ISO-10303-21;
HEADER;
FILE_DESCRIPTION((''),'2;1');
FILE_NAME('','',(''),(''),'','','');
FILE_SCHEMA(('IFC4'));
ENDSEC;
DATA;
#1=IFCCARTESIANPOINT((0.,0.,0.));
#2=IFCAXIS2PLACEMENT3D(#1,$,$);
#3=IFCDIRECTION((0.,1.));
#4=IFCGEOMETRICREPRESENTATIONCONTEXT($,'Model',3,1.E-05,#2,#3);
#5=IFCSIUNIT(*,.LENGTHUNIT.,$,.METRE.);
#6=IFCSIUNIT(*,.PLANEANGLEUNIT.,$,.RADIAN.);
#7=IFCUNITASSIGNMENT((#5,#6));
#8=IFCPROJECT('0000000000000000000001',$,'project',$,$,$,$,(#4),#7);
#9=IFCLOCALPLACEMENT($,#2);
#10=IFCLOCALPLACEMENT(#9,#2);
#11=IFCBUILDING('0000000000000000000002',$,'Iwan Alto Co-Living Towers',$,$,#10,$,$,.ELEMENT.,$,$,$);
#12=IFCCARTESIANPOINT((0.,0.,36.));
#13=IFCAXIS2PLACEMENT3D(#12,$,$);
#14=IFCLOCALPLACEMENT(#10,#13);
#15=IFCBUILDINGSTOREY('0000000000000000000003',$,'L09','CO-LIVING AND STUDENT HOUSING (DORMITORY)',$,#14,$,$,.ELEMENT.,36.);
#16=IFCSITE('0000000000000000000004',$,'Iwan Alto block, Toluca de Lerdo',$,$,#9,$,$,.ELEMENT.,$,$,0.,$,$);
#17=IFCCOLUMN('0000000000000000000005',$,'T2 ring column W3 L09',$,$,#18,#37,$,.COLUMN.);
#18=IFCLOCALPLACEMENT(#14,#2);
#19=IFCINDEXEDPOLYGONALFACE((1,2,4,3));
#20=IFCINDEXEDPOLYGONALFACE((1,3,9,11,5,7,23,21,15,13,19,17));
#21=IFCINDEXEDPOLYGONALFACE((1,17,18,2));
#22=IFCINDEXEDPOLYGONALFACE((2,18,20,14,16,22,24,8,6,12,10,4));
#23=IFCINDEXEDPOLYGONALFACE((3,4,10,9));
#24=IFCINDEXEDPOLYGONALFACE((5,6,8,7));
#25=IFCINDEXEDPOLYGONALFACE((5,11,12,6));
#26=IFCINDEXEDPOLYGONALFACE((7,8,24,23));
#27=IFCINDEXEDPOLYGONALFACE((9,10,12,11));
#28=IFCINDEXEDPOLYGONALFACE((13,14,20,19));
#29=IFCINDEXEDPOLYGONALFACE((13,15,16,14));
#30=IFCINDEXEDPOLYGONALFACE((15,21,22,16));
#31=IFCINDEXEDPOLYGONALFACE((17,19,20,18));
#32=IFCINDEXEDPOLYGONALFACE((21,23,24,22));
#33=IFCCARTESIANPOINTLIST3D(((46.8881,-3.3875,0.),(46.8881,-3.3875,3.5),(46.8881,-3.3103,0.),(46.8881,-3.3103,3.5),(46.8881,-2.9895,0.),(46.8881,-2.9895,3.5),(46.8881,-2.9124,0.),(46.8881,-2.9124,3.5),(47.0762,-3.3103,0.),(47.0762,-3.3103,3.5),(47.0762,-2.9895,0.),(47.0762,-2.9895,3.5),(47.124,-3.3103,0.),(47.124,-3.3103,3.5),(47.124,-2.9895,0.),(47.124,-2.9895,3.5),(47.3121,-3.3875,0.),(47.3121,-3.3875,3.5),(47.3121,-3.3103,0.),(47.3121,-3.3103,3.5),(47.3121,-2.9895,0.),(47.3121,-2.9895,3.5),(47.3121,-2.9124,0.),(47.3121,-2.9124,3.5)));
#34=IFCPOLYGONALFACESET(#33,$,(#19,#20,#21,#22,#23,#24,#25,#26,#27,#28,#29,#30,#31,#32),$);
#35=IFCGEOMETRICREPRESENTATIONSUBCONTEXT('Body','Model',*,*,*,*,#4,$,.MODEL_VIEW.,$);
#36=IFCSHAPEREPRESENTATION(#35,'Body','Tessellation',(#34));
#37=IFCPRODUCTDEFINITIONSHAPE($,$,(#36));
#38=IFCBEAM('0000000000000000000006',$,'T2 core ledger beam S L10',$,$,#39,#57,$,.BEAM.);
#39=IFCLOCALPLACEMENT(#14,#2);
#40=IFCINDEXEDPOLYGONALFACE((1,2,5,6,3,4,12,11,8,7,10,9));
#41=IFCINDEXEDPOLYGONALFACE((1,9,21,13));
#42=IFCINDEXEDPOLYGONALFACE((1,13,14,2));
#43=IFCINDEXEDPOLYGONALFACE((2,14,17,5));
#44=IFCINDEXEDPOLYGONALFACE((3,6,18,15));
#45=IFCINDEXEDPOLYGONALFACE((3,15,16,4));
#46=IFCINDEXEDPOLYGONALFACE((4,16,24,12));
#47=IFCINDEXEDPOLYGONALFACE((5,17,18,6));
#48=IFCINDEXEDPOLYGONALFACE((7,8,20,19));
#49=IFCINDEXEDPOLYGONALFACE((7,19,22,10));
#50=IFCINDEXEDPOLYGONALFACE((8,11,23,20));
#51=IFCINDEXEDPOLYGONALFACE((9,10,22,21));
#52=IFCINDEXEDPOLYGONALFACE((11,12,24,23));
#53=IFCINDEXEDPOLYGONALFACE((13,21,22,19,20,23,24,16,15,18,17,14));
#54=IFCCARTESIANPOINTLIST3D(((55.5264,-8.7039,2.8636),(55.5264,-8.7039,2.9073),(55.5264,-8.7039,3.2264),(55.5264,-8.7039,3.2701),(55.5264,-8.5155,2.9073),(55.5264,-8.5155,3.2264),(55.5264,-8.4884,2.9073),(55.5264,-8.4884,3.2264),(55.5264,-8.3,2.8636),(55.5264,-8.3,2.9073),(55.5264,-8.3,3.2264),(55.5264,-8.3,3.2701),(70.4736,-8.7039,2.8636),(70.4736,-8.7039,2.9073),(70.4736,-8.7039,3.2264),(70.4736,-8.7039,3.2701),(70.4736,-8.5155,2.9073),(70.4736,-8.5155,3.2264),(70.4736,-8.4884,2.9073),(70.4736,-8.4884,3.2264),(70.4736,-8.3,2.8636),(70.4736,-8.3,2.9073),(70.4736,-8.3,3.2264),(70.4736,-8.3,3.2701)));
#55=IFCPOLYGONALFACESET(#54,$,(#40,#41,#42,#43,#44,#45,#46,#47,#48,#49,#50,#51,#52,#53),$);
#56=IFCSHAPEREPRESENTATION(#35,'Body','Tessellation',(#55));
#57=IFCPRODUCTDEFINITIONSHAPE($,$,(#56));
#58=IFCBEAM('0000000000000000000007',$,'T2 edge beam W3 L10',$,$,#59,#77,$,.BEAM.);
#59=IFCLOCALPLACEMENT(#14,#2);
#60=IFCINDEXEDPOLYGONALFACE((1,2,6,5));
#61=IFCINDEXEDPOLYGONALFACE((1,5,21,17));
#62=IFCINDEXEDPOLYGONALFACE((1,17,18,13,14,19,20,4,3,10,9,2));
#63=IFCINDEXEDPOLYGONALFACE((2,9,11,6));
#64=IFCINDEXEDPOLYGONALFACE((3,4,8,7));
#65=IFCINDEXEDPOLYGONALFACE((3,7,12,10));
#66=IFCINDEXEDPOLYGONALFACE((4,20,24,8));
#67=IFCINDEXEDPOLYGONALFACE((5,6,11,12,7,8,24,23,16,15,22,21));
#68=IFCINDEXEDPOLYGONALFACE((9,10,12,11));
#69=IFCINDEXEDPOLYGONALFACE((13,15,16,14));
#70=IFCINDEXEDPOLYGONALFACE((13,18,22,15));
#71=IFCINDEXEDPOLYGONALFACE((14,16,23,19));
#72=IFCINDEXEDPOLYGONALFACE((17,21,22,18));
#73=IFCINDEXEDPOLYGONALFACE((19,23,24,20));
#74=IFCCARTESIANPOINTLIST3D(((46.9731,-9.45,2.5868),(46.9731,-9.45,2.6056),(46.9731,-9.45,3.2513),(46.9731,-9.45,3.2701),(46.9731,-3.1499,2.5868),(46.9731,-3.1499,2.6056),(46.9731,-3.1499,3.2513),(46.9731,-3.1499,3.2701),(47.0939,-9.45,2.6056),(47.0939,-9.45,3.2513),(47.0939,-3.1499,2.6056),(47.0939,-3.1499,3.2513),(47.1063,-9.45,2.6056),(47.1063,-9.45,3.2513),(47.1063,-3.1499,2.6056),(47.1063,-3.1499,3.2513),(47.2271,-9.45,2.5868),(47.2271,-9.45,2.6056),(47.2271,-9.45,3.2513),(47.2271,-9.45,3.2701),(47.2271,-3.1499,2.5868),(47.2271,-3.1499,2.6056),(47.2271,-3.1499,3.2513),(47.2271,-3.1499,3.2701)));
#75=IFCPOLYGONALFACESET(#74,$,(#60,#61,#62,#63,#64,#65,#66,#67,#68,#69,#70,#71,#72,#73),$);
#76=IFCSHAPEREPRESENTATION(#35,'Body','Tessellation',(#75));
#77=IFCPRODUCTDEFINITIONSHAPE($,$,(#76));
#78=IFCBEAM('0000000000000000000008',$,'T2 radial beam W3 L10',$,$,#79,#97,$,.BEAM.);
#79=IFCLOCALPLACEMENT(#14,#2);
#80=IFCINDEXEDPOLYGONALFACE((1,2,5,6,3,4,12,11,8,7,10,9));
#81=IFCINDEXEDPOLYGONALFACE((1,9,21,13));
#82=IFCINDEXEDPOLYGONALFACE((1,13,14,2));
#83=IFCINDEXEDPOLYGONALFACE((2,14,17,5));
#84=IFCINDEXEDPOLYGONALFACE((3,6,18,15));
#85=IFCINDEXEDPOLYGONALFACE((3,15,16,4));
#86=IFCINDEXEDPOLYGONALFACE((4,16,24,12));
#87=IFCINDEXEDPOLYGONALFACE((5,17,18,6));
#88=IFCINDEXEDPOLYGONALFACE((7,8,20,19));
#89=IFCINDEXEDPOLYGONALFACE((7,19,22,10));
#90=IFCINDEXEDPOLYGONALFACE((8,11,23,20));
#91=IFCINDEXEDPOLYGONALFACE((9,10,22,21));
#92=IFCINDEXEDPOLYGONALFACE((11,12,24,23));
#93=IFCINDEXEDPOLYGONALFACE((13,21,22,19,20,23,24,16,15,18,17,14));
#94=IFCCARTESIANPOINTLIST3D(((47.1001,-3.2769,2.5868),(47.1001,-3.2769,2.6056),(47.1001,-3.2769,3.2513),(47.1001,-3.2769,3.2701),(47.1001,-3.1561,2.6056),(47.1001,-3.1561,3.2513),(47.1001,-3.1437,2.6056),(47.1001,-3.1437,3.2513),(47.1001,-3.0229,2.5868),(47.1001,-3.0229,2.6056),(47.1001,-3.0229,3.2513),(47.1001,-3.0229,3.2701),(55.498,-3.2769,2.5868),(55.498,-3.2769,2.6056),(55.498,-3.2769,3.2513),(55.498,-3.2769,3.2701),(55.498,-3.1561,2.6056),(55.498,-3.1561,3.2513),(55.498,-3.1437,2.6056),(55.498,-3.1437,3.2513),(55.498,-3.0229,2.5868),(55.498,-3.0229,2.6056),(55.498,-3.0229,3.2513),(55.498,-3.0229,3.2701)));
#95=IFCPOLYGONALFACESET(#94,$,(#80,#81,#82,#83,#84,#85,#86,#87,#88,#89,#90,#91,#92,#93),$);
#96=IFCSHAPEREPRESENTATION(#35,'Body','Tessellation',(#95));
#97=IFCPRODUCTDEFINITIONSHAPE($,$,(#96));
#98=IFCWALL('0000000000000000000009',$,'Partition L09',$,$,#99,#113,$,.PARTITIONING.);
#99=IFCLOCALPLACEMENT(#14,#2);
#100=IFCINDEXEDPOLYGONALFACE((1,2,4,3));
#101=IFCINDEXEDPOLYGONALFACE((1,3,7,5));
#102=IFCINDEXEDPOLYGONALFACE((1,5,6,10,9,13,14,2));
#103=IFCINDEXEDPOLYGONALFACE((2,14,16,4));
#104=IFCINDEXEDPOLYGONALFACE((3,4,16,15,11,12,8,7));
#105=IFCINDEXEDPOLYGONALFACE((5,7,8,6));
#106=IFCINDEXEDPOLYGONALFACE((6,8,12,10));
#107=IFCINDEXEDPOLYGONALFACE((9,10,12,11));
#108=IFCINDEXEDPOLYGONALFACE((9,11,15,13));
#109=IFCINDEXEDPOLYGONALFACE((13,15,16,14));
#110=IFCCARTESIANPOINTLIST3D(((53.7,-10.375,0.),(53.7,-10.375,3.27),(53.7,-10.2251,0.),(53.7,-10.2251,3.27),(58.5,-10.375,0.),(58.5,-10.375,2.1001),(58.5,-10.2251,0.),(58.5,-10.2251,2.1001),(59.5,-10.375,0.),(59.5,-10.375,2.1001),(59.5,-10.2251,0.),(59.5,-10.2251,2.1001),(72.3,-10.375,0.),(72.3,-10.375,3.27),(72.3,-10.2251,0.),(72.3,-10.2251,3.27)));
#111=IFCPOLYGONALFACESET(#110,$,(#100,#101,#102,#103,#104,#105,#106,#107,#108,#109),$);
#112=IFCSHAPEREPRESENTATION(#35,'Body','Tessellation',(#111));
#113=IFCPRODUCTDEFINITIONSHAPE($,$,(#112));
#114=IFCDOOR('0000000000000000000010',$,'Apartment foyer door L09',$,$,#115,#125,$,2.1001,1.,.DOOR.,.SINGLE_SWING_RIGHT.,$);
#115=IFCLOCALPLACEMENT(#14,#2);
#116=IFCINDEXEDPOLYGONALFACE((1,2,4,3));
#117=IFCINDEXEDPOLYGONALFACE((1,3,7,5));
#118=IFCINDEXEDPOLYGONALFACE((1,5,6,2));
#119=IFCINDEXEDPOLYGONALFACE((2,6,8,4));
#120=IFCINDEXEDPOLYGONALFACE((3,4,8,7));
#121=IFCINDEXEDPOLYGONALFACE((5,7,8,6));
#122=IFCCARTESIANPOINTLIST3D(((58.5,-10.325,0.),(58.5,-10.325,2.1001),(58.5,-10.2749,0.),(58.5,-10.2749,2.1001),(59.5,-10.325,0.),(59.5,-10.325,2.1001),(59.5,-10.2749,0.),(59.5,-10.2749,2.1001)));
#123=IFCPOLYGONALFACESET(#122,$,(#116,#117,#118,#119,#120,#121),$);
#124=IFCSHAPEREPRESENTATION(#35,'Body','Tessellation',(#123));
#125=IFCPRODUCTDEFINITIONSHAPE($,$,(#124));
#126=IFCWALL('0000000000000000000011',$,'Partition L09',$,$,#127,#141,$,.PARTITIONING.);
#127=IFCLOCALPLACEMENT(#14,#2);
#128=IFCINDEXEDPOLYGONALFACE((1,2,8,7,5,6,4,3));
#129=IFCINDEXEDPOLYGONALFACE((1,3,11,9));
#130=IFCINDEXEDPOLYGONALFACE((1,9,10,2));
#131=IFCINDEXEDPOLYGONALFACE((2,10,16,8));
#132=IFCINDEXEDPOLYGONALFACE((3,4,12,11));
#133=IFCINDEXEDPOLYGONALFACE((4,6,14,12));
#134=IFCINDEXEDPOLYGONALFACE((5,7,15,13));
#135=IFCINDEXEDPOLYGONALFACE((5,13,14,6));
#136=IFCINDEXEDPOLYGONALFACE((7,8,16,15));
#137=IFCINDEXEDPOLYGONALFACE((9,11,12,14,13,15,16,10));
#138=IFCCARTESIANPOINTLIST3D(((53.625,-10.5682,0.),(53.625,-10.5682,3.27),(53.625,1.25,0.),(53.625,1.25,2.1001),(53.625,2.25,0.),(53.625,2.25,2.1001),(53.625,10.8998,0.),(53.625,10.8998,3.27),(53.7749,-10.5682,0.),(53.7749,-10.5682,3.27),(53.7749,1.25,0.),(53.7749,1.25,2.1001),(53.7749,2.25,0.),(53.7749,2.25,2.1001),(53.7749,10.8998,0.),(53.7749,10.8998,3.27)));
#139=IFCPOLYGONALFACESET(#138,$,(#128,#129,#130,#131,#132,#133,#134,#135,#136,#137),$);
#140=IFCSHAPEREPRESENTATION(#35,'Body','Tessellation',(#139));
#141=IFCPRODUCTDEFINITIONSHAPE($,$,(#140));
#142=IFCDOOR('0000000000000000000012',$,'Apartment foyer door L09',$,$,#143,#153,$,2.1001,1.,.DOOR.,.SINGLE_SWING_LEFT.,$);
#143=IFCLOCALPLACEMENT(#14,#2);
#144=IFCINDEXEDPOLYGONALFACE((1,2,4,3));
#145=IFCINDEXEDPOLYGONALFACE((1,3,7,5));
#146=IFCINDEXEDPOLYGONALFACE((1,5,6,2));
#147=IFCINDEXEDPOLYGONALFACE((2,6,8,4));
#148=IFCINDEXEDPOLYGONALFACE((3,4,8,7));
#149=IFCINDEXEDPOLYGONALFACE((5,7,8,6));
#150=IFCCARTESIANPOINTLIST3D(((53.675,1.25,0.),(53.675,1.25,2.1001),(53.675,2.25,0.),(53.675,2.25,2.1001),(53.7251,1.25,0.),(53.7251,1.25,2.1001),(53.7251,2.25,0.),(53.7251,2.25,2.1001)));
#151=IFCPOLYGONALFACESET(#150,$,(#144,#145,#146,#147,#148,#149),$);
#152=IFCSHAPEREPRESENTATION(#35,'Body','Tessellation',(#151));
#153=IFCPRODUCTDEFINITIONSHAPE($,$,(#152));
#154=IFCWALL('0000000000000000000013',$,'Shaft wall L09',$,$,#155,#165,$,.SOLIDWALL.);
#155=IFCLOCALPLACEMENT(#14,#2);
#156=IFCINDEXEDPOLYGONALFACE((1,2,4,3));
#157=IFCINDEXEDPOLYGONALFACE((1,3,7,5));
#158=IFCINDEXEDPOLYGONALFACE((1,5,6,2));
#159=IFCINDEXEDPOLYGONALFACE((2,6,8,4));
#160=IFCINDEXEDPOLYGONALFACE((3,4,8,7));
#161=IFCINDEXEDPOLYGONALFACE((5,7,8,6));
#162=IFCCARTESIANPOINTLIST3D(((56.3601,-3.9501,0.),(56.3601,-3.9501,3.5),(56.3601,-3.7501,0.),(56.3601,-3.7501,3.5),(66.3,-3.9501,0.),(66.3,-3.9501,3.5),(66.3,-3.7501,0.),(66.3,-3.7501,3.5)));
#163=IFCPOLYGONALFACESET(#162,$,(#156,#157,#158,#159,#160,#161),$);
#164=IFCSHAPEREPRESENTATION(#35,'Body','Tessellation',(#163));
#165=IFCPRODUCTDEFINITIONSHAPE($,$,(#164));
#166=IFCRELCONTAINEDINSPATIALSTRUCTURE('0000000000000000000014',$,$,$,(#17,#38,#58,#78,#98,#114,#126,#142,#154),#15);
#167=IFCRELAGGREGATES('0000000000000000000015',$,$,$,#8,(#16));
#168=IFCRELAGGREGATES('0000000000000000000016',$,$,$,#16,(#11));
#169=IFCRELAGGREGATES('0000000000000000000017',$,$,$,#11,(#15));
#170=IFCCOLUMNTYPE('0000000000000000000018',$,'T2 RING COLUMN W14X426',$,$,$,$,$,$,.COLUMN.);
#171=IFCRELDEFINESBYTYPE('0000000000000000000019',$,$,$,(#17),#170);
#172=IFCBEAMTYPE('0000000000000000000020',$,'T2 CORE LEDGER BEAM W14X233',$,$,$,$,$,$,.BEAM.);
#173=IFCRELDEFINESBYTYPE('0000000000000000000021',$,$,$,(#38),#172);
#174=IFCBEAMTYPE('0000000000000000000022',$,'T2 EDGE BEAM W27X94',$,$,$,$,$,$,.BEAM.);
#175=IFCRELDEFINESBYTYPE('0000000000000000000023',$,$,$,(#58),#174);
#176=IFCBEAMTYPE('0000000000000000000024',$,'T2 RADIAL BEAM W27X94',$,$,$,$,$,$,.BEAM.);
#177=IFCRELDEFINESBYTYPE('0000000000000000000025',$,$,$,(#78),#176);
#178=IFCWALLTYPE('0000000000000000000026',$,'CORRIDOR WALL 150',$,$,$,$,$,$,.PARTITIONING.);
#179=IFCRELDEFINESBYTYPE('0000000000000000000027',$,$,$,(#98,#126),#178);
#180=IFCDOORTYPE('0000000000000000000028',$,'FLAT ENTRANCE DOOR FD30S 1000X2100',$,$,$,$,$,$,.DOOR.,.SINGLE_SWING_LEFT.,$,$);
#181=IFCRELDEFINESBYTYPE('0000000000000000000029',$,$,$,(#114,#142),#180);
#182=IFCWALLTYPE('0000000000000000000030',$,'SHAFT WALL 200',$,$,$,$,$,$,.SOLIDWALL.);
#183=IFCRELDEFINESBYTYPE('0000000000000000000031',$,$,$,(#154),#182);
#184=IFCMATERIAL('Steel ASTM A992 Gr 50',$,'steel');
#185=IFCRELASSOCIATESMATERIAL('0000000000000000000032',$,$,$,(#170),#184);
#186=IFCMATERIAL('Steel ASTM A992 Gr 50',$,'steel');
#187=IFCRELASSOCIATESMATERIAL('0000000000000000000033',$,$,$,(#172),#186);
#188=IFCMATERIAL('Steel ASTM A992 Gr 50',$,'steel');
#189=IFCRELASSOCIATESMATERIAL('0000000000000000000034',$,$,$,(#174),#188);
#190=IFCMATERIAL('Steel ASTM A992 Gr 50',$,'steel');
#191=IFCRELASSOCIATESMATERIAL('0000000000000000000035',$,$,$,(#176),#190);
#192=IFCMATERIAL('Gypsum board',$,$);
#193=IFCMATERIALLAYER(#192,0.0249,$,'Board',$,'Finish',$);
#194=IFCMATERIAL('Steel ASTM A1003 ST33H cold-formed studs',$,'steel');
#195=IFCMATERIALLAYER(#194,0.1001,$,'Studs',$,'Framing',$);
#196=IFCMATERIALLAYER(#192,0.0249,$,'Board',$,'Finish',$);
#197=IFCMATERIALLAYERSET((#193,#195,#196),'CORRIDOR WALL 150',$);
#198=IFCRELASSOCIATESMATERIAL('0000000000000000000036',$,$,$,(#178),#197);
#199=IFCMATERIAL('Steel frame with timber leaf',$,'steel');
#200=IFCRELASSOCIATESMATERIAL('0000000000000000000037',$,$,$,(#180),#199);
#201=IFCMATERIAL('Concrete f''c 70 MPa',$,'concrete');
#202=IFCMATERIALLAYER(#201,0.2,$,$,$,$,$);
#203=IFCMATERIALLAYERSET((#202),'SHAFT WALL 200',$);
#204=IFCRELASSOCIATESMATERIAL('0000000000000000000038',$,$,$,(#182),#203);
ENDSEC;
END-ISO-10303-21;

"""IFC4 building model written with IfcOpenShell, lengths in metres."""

from ifc_helpers import new_model, si_unit, direction, frame, frame_2d, origin, origin_2d, place, context, subcontext, project, spatial, rectangle, i_section, extrude, material, layer, layer_set, material_profile, profile_set, type_object, element, fill, save


model = new_model("IFC4")

# Units and contexts
model_context = context("Model", 3, precision=1e-05, world=origin(), true_north=direction((0.0, 1.0)))
body_context = subcontext(model_context, "Body", "Model", "MODEL_VIEW")
ifc_project = project(units=[si_unit("LENGTHUNIT", "METRE"), si_unit("PLANEANGLEUNIT", "RADIAN")], contexts=[model_context])

# Site, building, storey
site_placement = place(None, origin())
site = spatial("IfcSite", under=ifc_project, at=site_placement, Name="Iwan Alto block, Toluca de Lerdo", CompositionType="ELEMENT", RefElevation=0.0)
building_placement = place(site_placement, origin())
building = spatial("IfcBuilding", under=site, at=building_placement, Name="Iwan Alto Co-Living Towers", CompositionType="ELEMENT")
storey_placement = place(building_placement, frame((0.0, 0.0, 36.0)))
storey = spatial("IfcBuildingStorey", under=building, at=storey_placement, Name="L09", Description="CO-LIVING AND STUDENT HOUSING (DORMITORY)", CompositionType="ELEMENT", Elevation=36.0)

# Column
ifc_material_1 = material(Name="Steel ASTM A992 Gr 50", Category="steel")
ifc_material_profile_1 = material_profile(ifc_material_1, i_section(OverallWidth=0.4241, OverallDepth=0.4751, WebThickness=0.0479, FlangeThickness=0.0771, at=origin_2d()), Name="W14X426")
ifc_profile_set_1 = profile_set([ifc_material_profile_1], Name="Steel ASTM A992 Gr 50")
column_type = type_object("IfcColumnType", Name="T2 RING COLUMN W14X426", PredefinedType="COLUMN", material=ifc_profile_set_1)
column_placement = place(storey_placement, frame((47.1001, -3.1499, 0.0), z_axis=(0.0, 0.0, 1.0), x_axis=(1.0, 0.0, 0.0)))
element("IfcColumn", 1, at=column_placement, inside=storey, type_object=column_type, Name="T2 ring column W3 L09", PredefinedType="COLUMN", context=body_context, shape_type="SweptSolid", body=[
    extrude(i_section(OverallWidth=0.4241, OverallDepth=0.4751, WebThickness=0.0479, FlangeThickness=0.0771, at=origin_2d()), origin(), (0.0, 0.0, 1.0), 3.5),
])

# Beams
ifc_material_2 = material(Name="Steel ASTM A992 Gr 50", Category="steel")
ifc_material_profile_2 = material_profile(ifc_material_2, i_section(OverallWidth=0.4038, OverallDepth=0.4065, WebThickness=0.0271, FlangeThickness=0.0437, at=origin_2d()), Name="W14X233")
ifc_profile_set_2 = profile_set([ifc_material_profile_2], Name="Steel ASTM A992 Gr 50")
beam_type_1 = type_object("IfcBeamType", Name="T2 CORE LEDGER BEAM W14X233", PredefinedType="BEAM", material=ifc_profile_set_2)
beam_1_placement = place(storey_placement, frame((55.5264, -8.502, 3.0669), z_axis=(1.0, 0.0, 0.0), x_axis=(0.0, 1.0, 0.0)))
element("IfcBeam", 2, at=beam_1_placement, inside=storey, type_object=beam_type_1, Name="T2 core ledger beam S L10", PredefinedType="BEAM", context=body_context, shape_type="SweptSolid", body=[
    extrude(i_section(OverallWidth=0.4038, OverallDepth=0.4065, WebThickness=0.0271, FlangeThickness=0.0437, at=origin_2d()), origin(), (0.0, 0.0, 1.0), 14.9473),
])
ifc_material_3 = material(Name="Steel ASTM A992 Gr 50", Category="steel")
ifc_material_profile_3 = material_profile(ifc_material_3, i_section(OverallWidth=0.2539, OverallDepth=0.6833, WebThickness=0.0125, FlangeThickness=0.0188, at=origin_2d()), Name="W27X94")
ifc_profile_set_3 = profile_set([ifc_material_profile_3], Name="Steel ASTM A992 Gr 50")
beam_type_2 = type_object("IfcBeamType", Name="T2 EDGE BEAM W27X94", PredefinedType="BEAM", material=ifc_profile_set_3)
beam_2_placement = place(storey_placement, frame((47.1001, -3.1499, 2.9285), z_axis=(0.0, -1.0, 0.0), x_axis=(1.0, 0.0, 0.0)))
element("IfcBeam", 3, at=beam_2_placement, inside=storey, type_object=beam_type_2, Name="T2 edge beam W3 L10", PredefinedType="BEAM", context=body_context, shape_type="SweptSolid", body=[
    extrude(i_section(OverallWidth=0.2539, OverallDepth=0.6833, WebThickness=0.0125, FlangeThickness=0.0188, at=origin_2d()), origin(), (0.0, 0.0, 1.0), 6.3),
])
ifc_material_4 = material(Name="Steel ASTM A992 Gr 50", Category="steel")
ifc_material_profile_4 = material_profile(ifc_material_4, i_section(OverallWidth=0.2539, OverallDepth=0.6833, WebThickness=0.0125, FlangeThickness=0.0188, at=origin_2d()), Name="W27X94")
ifc_profile_set_4 = profile_set([ifc_material_profile_4], Name="Steel ASTM A992 Gr 50")
beam_type_3 = type_object("IfcBeamType", Name="T2 RADIAL BEAM W27X94", PredefinedType="BEAM", material=ifc_profile_set_4)
beam_3_placement = place(storey_placement, frame((47.1001, -3.1499, 2.9285), z_axis=(1.0, 0.0, 0.0), x_axis=(0.0, 1.0, 0.0)))
element("IfcBeam", 4, at=beam_3_placement, inside=storey, type_object=beam_type_3, Name="T2 radial beam W3 L10", PredefinedType="BEAM", context=body_context, shape_type="SweptSolid", body=[
    extrude(i_section(OverallWidth=0.2539, OverallDepth=0.6833, WebThickness=0.0125, FlangeThickness=0.0188, at=origin_2d()), origin(), (0.0, 0.0, 1.0), 8.3979),
])

# Walls, openings, doors
ifc_material_5 = material(Name="Gypsum board")
ifc_layer_1 = layer(ifc_material_5, 0.0249, Name="Board", Category="Finish")
ifc_material_6 = material(Name="Steel ASTM A1003 ST33H cold-formed studs", Category="steel")
ifc_layer_2 = layer(ifc_material_6, 0.1001, Name="Studs", Category="Framing")
ifc_layer_3 = layer(ifc_material_5, 0.0249, Name="Board", Category="Finish")
ifc_layer_set_1 = layer_set([ifc_layer_1, ifc_layer_2, ifc_layer_3], Name="CORRIDOR WALL 150")
wall_type_1 = type_object("IfcWallType", Name="CORRIDOR WALL 150", PredefinedType="PARTITIONING", material=ifc_layer_set_1)
wall_1_placement = place(storey_placement, frame((53.7, -10.3, 0.0), z_axis=(0.0, 0.0, 1.0), x_axis=(1.0, 0.0, 0.0)))
wall_1 = element("IfcWall", 5, at=wall_1_placement, inside=storey, type_object=wall_type_1, Name="Partition L09", PredefinedType="PARTITIONING", context=body_context, shape_type="SweptSolid", body=[
    extrude(rectangle(XDim=18.6001, YDim=0.1499, at=frame_2d((9.3, 0.0))), origin(), (0.0, 0.0, 1.0), 3.27),
])
opening_1_placement = place(wall_1_placement, frame((4.8, 0.0, 0.0)))
opening_1 = element("IfcOpeningElement", 6, at=opening_1_placement, cuts=wall_1, PredefinedType="OPENING", context=body_context, shape_type="SweptSolid", body=[
    extrude(rectangle(XDim=1.0, YDim=2.1001, at=frame_2d((0.5, 1.05))), frame((0.0, 0.085, 0.0), z_axis=(0.0, -1.0, 0.0), x_axis=(1.0, 0.0, 0.0)), (0.0, 0.0, 1.0), 0.1699),
])
ifc_material_7 = material(Name="Steel frame with timber leaf", Category="steel")
door_type_1 = type_object("IfcDoorType", Name="FLAT ENTRANCE DOOR FD30S 1000X2100", OperationType="SINGLE_SWING_LEFT", PredefinedType="DOOR", material=ifc_material_7)
door_1_placement = place(opening_1_placement, frame((1.0, 0.0, 0.0), z_axis=(0.0, 0.0, 1.0), x_axis=(-1.0, 0.0, 0.0)))
door_1 = element("IfcDoor", 7, at=door_1_placement, inside=storey, type_object=door_type_1, Name="Apartment foyer door L09", OperationType="SINGLE_SWING_RIGHT", OverallHeight=2.1001, OverallWidth=1.0, PredefinedType="DOOR", context=body_context, shape_type="SweptSolid", body=[
    extrude(rectangle(XDim=1.0, YDim=2.1001, at=frame_2d((0.5, 1.05))), frame((0.0, 0.0249, 0.0), z_axis=(0.0, -1.0, 0.0), x_axis=(1.0, 0.0, 0.0)), (0.0, 0.0, 1.0), 0.05),
])
fill(opening_1, door_1)
wall_2_placement = place(storey_placement, frame((53.7, -10.5681, 0.0), z_axis=(0.0, 0.0, 1.0), x_axis=(0.0, 1.0, 0.0)))
wall_2 = element("IfcWall", 8, at=wall_2_placement, inside=storey, type_object=wall_type_1, Name="Partition L09", PredefinedType="PARTITIONING", context=body_context, shape_type="SweptSolid", body=[
    extrude(rectangle(XDim=21.468, YDim=0.1499, at=frame_2d((10.7339, 0.0))), origin(), (0.0, 0.0, 1.0), 3.27),
])
opening_2_placement = place(wall_2_placement, frame((11.8181, 0.0, 0.0)))
opening_2 = element("IfcOpeningElement", 9, at=opening_2_placement, cuts=wall_2, PredefinedType="OPENING", context=body_context, shape_type="SweptSolid", body=[
    extrude(rectangle(XDim=1.0, YDim=2.1001, at=frame_2d((0.5, 1.05))), frame((0.0, 0.085, 0.0), z_axis=(0.0, -1.0, 0.0), x_axis=(1.0, 0.0, 0.0)), (0.0, 0.0, 1.0), 0.1699),
])
door_2_placement = place(opening_2_placement, origin())
door_2 = element("IfcDoor", 10, at=door_2_placement, inside=storey, type_object=door_type_1, Name="Apartment foyer door L09", OperationType="SINGLE_SWING_LEFT", OverallHeight=2.1001, OverallWidth=1.0, PredefinedType="DOOR", context=body_context, shape_type="SweptSolid", body=[
    extrude(rectangle(XDim=1.0, YDim=2.1001, at=frame_2d((0.5, 1.05))), frame((0.0, 0.0249, 0.0), z_axis=(0.0, -1.0, 0.0), x_axis=(1.0, 0.0, 0.0)), (0.0, 0.0, 1.0), 0.05),
])
fill(opening_2, door_2)

# Wall
ifc_material_8 = material(Name="Concrete f'c 70 MPa", Category="concrete")
ifc_layer_4 = layer(ifc_material_8, 0.2)
ifc_layer_set_2 = layer_set([ifc_layer_4], Name="SHAFT WALL 200")
wall_type_2 = type_object("IfcWallType", Name="SHAFT WALL 200", PredefinedType="SOLIDWALL", material=ifc_layer_set_2)
wall_3_placement = place(storey_placement, frame((56.3601, -3.8501, 0.0), z_axis=(0.0, 0.0, 1.0), x_axis=(1.0, 0.0, 0.0)))
element("IfcWall", 11, at=wall_3_placement, inside=storey, type_object=wall_type_2, Name="Shaft wall L09", PredefinedType="SOLIDWALL", context=body_context, shape_type="SweptSolid", body=[
    extrude(rectangle(XDim=9.9399, YDim=0.2, at=frame_2d((4.97, 0.0))), origin(), (0.0, 0.0, 1.0), 3.5),
])

save(model, "model.ifc")
